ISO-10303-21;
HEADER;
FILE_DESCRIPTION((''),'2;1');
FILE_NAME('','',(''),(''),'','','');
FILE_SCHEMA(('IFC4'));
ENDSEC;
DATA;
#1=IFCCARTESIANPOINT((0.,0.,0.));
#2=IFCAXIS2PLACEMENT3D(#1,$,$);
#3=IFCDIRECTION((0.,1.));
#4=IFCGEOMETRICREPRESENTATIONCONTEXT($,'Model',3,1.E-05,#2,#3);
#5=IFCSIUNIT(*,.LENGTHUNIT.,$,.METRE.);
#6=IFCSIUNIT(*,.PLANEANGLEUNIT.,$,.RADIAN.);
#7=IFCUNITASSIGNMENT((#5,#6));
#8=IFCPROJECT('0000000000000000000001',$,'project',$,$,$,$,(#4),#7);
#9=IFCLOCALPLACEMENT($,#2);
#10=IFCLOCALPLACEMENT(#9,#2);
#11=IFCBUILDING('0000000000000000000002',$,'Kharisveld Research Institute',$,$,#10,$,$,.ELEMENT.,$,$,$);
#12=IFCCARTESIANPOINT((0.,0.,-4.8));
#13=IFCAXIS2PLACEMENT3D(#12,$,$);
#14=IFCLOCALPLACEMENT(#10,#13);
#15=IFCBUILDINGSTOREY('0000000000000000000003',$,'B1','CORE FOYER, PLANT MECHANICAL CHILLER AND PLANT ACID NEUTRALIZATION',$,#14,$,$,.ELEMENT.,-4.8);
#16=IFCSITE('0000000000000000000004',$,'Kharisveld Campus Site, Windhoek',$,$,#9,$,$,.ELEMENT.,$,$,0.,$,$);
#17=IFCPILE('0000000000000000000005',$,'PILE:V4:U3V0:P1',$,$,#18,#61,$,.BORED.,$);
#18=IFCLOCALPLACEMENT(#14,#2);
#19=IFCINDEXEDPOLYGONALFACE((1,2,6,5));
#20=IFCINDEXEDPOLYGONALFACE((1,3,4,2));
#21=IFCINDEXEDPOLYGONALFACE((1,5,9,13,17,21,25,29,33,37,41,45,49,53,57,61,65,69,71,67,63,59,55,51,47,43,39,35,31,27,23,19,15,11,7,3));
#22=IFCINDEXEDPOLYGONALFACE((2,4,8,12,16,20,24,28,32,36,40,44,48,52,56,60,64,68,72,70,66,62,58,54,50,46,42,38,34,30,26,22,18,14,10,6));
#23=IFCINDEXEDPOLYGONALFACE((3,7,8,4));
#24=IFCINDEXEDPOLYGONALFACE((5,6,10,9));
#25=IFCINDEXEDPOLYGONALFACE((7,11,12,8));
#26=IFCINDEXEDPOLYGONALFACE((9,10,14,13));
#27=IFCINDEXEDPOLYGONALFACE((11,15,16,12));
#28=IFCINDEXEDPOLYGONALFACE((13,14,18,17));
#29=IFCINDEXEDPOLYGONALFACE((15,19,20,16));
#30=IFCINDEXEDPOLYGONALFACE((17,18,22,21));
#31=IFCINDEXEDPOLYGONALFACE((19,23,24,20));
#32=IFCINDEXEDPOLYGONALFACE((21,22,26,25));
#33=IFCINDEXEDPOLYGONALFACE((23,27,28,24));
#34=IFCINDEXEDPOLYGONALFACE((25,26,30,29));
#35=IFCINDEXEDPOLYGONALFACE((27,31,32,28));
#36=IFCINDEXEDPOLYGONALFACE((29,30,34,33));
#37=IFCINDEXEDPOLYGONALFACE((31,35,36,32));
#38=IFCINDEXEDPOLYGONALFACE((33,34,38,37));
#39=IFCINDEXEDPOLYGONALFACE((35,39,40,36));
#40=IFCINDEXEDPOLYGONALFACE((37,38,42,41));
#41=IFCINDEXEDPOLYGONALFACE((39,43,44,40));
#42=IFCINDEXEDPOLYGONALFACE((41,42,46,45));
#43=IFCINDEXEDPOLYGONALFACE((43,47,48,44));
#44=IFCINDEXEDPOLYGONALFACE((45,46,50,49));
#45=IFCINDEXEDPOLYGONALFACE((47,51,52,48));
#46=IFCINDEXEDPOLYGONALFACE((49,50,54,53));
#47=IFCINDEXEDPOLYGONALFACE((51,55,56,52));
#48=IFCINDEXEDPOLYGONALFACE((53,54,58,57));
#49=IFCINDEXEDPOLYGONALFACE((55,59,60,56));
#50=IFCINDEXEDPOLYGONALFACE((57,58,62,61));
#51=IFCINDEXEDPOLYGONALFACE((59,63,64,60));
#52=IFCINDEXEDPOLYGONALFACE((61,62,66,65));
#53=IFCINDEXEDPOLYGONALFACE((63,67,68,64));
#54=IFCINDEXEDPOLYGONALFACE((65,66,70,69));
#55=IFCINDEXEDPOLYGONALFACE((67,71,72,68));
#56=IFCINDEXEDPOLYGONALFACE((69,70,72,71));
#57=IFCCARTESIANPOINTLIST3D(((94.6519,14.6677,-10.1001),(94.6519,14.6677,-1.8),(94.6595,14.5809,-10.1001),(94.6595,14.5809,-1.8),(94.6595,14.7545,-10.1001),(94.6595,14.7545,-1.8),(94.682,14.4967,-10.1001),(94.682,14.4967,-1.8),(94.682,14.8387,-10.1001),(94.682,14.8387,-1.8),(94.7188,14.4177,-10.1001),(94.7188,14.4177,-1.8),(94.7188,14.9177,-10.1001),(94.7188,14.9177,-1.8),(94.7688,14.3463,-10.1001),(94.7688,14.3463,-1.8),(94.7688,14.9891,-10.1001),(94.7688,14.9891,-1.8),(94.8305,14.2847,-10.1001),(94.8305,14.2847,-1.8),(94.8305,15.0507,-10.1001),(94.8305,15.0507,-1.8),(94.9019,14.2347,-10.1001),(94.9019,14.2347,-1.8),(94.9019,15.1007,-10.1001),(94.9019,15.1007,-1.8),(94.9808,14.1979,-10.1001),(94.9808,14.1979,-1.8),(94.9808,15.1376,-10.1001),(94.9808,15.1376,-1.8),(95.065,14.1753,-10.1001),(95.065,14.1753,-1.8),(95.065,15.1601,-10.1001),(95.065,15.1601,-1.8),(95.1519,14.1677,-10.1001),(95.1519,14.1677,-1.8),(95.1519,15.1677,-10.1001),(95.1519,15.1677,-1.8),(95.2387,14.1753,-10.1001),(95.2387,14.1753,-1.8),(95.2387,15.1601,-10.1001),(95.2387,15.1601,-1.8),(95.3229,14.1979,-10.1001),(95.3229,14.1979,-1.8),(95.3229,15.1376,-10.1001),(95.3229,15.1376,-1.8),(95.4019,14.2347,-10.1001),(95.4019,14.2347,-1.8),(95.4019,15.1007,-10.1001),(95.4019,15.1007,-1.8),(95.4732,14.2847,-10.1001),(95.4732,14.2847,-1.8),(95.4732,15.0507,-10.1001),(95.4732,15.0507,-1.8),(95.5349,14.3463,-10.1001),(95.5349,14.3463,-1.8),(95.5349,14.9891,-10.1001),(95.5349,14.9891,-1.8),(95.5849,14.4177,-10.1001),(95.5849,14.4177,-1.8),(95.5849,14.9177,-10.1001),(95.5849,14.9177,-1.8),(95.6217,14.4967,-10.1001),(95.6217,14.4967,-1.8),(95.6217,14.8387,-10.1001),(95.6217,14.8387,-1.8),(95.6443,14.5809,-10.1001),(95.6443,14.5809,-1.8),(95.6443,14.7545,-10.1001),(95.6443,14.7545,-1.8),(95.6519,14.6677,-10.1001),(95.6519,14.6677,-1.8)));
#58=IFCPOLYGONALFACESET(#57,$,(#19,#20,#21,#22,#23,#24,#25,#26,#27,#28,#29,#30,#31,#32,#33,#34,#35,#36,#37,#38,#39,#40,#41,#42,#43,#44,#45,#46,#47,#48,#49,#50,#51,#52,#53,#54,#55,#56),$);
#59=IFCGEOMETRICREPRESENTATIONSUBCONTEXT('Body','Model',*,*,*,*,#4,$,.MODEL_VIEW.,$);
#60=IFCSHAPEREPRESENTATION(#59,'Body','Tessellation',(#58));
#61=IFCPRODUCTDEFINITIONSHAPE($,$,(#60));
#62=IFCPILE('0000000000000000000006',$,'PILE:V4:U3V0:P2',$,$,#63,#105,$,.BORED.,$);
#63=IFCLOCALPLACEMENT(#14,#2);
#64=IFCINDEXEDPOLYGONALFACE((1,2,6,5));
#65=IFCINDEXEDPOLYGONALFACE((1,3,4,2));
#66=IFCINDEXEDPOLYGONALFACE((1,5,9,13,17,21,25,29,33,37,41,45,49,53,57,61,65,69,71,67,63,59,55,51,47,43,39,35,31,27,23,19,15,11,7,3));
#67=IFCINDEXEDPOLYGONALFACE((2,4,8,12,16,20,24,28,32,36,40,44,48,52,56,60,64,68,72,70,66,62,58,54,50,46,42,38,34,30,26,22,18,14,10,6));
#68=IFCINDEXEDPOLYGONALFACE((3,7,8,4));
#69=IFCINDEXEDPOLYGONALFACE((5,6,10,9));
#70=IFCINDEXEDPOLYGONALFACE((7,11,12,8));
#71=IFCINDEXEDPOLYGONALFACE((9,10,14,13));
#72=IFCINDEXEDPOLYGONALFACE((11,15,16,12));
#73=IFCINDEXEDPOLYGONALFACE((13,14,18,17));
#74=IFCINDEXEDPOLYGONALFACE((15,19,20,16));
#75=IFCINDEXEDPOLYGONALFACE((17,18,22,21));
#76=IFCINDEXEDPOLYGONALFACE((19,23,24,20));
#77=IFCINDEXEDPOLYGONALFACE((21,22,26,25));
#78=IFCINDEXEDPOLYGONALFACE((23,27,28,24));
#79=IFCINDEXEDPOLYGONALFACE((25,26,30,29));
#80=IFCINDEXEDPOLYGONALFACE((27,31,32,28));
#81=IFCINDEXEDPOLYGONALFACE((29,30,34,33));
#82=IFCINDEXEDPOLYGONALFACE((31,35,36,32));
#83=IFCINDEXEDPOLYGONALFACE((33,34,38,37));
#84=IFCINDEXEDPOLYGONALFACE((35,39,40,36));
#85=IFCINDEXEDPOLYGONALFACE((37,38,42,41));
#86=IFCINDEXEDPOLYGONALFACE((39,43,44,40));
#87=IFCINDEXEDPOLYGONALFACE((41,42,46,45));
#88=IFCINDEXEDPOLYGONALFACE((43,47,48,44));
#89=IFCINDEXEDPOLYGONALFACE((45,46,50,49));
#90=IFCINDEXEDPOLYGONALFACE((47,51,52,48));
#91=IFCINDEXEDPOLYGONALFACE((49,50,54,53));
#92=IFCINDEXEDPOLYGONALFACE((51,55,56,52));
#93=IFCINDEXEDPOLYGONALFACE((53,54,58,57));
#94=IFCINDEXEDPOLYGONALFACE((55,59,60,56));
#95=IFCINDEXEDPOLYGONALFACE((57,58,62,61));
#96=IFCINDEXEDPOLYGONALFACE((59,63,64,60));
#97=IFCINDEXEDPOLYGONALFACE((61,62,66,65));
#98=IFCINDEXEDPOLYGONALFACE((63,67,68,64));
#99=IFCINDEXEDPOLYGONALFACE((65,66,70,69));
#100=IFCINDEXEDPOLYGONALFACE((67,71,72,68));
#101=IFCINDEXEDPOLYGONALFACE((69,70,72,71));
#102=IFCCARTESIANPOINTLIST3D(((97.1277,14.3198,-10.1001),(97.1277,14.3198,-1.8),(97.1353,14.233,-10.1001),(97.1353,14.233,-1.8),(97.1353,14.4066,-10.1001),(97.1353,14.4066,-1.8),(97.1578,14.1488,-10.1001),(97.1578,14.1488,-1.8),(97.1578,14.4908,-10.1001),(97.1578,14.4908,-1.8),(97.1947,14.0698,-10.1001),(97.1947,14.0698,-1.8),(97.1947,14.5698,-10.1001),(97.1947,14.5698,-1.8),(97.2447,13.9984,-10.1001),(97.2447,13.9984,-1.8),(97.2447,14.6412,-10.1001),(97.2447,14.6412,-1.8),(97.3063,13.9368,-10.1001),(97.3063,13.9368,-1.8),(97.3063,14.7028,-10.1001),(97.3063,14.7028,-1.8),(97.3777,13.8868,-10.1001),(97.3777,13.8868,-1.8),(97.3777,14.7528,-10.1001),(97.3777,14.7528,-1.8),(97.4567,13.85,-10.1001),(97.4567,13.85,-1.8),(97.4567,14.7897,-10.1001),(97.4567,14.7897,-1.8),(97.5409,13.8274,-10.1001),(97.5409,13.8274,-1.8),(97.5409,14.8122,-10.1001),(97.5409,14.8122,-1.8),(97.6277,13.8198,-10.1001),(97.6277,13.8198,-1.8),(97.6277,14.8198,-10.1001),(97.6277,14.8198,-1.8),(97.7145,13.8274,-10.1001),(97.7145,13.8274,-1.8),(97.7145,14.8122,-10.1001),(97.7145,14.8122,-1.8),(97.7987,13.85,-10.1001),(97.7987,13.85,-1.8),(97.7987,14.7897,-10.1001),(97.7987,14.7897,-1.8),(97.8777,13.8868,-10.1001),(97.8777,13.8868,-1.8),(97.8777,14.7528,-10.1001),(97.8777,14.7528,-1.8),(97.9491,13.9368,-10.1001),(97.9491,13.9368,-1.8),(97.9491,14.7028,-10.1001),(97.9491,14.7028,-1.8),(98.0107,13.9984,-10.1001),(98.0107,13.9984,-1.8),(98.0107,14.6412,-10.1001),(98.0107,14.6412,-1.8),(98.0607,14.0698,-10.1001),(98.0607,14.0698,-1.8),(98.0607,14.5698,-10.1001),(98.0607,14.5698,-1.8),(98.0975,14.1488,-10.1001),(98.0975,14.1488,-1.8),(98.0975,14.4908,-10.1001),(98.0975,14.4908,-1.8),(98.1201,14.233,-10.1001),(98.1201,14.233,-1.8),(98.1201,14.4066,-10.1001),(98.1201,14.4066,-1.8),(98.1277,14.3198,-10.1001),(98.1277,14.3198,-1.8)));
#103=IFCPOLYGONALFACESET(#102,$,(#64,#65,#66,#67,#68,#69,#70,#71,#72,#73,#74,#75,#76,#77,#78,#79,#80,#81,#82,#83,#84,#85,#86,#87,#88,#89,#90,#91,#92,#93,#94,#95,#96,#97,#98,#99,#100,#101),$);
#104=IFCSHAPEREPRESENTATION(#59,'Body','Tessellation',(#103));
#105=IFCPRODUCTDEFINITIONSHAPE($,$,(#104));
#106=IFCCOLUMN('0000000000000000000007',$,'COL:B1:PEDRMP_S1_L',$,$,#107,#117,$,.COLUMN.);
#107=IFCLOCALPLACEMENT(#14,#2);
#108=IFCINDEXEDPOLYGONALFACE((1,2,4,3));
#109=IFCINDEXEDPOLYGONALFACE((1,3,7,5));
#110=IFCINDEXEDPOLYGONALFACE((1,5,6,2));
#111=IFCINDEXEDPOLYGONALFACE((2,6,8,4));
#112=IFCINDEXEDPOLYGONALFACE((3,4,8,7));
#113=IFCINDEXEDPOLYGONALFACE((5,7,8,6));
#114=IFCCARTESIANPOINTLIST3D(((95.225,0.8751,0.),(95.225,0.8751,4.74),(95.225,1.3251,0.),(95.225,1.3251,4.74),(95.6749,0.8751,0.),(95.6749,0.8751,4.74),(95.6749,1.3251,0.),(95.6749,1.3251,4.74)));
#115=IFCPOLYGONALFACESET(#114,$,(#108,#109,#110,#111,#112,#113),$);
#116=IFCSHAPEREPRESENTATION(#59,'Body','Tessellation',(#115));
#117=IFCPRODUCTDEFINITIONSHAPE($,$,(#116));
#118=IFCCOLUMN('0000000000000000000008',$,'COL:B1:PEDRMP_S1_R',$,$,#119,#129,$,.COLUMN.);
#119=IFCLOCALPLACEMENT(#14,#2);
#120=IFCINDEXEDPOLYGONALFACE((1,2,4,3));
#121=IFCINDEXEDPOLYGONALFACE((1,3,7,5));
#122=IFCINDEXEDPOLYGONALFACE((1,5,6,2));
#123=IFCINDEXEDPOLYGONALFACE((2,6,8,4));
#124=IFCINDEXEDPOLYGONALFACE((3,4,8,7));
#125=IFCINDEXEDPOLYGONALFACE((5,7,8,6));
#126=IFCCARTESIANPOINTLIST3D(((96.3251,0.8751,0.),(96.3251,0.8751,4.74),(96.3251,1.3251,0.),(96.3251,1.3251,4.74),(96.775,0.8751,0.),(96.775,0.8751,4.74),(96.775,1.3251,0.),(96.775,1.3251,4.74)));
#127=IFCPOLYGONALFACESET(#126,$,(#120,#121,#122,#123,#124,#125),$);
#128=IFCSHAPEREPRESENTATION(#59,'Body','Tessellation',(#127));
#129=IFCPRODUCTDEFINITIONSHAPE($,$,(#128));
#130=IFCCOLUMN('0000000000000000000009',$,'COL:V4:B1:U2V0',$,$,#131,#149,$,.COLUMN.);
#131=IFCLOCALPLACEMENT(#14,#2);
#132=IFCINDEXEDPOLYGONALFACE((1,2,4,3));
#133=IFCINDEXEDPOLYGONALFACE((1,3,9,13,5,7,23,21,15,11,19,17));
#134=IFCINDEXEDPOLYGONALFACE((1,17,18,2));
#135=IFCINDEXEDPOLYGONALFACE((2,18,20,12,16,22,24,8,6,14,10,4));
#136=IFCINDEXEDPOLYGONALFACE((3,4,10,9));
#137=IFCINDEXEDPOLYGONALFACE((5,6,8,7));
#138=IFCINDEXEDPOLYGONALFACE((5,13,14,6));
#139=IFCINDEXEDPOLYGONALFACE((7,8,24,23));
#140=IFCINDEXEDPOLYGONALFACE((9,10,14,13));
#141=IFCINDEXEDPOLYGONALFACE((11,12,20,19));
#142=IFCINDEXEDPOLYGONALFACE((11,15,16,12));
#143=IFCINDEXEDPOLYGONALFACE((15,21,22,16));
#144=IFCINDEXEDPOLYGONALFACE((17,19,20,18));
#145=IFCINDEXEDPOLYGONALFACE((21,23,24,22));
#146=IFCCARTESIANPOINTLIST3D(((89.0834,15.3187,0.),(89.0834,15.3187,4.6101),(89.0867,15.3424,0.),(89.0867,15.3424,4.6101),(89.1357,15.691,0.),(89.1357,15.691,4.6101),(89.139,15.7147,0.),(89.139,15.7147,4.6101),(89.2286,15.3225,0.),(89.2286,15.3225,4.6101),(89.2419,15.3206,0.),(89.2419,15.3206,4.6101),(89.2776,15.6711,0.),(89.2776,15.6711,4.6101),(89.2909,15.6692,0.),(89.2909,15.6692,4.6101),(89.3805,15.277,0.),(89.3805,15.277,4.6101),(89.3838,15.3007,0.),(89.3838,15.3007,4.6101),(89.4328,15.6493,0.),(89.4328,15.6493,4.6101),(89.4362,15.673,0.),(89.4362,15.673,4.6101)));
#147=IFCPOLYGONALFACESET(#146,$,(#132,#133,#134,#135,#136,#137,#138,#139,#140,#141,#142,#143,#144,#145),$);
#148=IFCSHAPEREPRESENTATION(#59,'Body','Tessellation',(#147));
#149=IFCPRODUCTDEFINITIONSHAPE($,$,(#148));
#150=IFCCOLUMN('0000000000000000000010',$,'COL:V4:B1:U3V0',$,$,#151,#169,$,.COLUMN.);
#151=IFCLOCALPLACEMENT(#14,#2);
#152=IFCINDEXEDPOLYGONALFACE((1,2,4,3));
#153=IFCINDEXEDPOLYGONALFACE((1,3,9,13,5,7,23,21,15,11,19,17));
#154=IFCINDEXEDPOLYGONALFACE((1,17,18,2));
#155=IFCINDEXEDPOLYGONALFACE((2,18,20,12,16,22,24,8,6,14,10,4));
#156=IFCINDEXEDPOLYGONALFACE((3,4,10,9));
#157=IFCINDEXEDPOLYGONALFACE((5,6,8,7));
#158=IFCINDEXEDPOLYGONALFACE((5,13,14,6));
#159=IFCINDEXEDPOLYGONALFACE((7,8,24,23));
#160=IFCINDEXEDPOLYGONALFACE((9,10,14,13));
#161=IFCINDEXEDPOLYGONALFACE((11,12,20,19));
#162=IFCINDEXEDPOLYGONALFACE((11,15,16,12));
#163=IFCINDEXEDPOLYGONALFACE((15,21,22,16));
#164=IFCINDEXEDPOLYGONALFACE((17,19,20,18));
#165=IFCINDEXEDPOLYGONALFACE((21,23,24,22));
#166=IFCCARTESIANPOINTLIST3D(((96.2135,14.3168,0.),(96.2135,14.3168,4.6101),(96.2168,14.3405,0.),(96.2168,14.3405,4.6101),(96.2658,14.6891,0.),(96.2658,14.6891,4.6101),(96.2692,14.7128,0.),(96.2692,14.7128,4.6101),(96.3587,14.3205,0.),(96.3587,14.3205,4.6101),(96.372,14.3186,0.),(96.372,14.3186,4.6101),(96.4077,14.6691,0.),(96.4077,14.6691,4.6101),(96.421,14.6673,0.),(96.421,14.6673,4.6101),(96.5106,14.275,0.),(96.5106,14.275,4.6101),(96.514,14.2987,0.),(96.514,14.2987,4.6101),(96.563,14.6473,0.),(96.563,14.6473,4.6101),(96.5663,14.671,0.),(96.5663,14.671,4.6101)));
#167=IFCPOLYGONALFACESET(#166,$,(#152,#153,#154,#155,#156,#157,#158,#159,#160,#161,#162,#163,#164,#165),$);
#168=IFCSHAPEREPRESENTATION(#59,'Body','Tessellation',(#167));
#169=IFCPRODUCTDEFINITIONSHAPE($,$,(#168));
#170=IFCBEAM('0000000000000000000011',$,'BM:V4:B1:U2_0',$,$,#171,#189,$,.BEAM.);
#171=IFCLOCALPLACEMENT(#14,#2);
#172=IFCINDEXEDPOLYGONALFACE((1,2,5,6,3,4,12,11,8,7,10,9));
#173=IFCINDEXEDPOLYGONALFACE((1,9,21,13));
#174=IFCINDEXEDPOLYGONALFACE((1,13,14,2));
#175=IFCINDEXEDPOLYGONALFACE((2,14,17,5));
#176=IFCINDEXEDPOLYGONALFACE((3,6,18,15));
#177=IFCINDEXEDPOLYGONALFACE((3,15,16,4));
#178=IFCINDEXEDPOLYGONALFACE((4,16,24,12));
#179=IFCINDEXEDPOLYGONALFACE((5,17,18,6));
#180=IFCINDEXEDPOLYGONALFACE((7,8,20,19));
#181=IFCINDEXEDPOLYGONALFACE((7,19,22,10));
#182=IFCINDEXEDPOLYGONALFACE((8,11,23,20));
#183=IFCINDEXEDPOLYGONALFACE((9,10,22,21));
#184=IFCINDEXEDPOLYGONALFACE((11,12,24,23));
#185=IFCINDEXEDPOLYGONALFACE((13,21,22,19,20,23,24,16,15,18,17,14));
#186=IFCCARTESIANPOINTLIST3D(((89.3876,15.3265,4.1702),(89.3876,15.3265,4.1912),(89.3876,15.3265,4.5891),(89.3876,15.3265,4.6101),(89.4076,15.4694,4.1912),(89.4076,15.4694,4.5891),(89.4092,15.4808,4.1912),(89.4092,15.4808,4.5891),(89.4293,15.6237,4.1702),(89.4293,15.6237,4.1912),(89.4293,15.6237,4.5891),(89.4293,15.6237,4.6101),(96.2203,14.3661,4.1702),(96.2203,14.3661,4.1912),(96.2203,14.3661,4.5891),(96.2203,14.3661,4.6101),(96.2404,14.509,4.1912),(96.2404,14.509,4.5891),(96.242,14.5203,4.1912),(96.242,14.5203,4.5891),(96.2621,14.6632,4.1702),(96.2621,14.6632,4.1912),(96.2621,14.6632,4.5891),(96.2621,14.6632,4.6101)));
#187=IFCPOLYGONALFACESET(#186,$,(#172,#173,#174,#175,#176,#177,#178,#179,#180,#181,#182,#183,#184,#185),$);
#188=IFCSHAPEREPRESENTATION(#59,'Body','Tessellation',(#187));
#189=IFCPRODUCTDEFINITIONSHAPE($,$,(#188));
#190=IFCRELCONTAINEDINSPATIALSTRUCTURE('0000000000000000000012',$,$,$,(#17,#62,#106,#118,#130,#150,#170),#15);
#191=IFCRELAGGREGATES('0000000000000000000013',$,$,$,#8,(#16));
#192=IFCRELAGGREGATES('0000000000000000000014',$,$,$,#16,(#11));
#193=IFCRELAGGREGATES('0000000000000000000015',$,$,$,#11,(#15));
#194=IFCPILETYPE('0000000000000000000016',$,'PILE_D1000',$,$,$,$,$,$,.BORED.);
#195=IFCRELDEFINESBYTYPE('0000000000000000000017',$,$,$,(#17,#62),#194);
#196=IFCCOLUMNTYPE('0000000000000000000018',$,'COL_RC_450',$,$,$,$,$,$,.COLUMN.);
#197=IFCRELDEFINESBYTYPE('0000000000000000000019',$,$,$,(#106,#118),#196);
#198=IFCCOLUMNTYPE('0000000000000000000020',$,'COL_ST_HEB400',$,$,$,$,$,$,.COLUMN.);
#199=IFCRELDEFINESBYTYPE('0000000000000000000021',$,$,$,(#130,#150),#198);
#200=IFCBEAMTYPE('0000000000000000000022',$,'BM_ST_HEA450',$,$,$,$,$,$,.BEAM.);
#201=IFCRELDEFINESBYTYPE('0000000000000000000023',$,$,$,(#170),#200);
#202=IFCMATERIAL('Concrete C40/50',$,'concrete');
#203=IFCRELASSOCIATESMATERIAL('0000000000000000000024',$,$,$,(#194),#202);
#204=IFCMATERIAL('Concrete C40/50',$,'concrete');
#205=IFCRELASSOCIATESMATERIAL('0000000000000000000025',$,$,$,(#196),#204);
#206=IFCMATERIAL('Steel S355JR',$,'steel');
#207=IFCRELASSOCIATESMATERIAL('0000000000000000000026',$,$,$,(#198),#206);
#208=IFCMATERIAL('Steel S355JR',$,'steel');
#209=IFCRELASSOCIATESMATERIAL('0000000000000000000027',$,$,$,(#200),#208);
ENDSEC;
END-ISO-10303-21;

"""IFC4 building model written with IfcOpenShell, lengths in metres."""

from ifc_helpers import new_model, si_unit, direction, frame, origin, origin_2d, place, context, subcontext, project, spatial, rectangle, circle, i_section, extrude, material, material_profile, profile_set, type_object, element, save


model = new_model("IFC4")

# Units and contexts
model_context = context("Model", 3, precision=1e-05, world=origin(), true_north=direction((0.0, 1.0)))
body_context = subcontext(model_context, "Body", "Model", "MODEL_VIEW")
ifc_project = project(units=[si_unit("LENGTHUNIT", "METRE"), si_unit("PLANEANGLEUNIT", "RADIAN")], contexts=[model_context])

# Site, building, storey
site_placement = place(None, origin())
site = spatial("IfcSite", under=ifc_project, at=site_placement, Name="Kharisveld Campus Site, Windhoek", CompositionType="ELEMENT", RefElevation=0.0)
building_placement = place(site_placement, origin())
building = spatial("IfcBuilding", under=site, at=building_placement, Name="Kharisveld Research Institute", CompositionType="ELEMENT")
storey_placement = place(building_placement, frame((0.0, 0.0, -4.8)))
storey = spatial("IfcBuildingStorey", under=building, at=storey_placement, Name="B1", Description="CORE FOYER, PLANT MECHANICAL CHILLER AND PLANT ACID NEUTRALIZATION", CompositionType="ELEMENT", Elevation=-4.8)

# Piles
ifc_material_1 = material(Name="Concrete C40/50", Category="concrete")
ifc_material_profile_1 = material_profile(ifc_material_1, circle(Radius=0.5, at=origin_2d()))
ifc_profile_set_1 = profile_set([ifc_material_profile_1], Name="Concrete C40/50")
pile_type = type_object("IfcPileType", Name="PILE_D1000", PredefinedType="BORED", material=ifc_profile_set_1)
for number, where, z_axis, x_axis, name in (
    (1, (95.1519, 14.6677, -1.8), (0.0, 0.0, -1.0), (1.0, 0.0, 0.0), "PILE:V4:U3V0:P1"),
    (2, (97.6277, 14.3198, -1.8), (0.0, 0.0, -1.0), (1.0, 0.0, 0.0), "PILE:V4:U3V0:P2"),
):
    element("IfcPile", number, at=place(storey_placement, frame(where, z_axis=z_axis, x_axis=x_axis)), inside=storey, type_object=pile_type, Name=name, PredefinedType="BORED", context=body_context, shape_type="SweptSolid", body=[
        extrude(circle(Radius=0.5, at=origin_2d()), origin(), (0.0, 0.0, 1.0), 8.3),
    ])

# Columns
ifc_material_2 = material(Name="Concrete C40/50", Category="concrete")
ifc_material_profile_2 = material_profile(ifc_material_2, rectangle(XDim=0.45, YDim=0.45, at=origin_2d()))
ifc_profile_set_2 = profile_set([ifc_material_profile_2], Name="Concrete C40/50")
column_type_1 = type_object("IfcColumnType", Name="COL_RC_450", PredefinedType="COLUMN", material=ifc_profile_set_2)
for number, where, z_axis, x_axis, name in (
    (3, (95.45, 1.1001, 0.0), (0.0, 0.0, 1.0), (1.0, 0.0, 0.0), "COL:B1:PEDRMP_S1_L"),
    (4, (96.55, 1.1001, 0.0), (0.0, 0.0, 1.0), (1.0, 0.0, 0.0), "COL:B1:PEDRMP_S1_R"),
):
    element("IfcColumn", number, at=place(storey_placement, frame(where, z_axis=z_axis, x_axis=x_axis)), inside=storey, type_object=column_type_1, Name=name, PredefinedType="COLUMN", context=body_context, shape_type="SweptSolid", body=[
        extrude(rectangle(XDim=0.45, YDim=0.45, at=origin_2d()), origin(), (0.0, 0.0, 1.0), 4.74),
    ])
ifc_material_3 = material(Name="Steel S355JR", Category="steel")
ifc_material_profile_3 = material_profile(ifc_material_3, i_section(OverallWidth=0.3, OverallDepth=0.3999, WebThickness=0.0134, FlangeThickness=0.0239, at=origin_2d()))
ifc_profile_set_3 = profile_set([ifc_material_profile_3], Name="Steel S355JR")
column_type_2 = type_object("IfcColumnType", Name="COL_ST_HEB400", PredefinedType="COLUMN", material=ifc_profile_set_3)
for number, where, z_axis, x_axis, name in (
    (5, (89.2598, 15.4958, 0.0), (0.0, 0.0, 1.0), (0.990268, -0.139173, 0.0), "COL:V4:B1:U2V0"),
    (6, (96.3899, 14.4939, 0.0), (0.0, 0.0, 1.0), (0.990268, -0.139173, 0.0), "COL:V4:B1:U3V0"),
):
    element("IfcColumn", number, at=place(storey_placement, frame(where, z_axis=z_axis, x_axis=x_axis)), inside=storey, type_object=column_type_2, Name=name, PredefinedType="COLUMN", context=body_context, shape_type="SweptSolid", body=[
        extrude(i_section(OverallWidth=0.3, OverallDepth=0.3999, WebThickness=0.0134, FlangeThickness=0.0239, at=origin_2d()), origin(), (0.0, 0.0, 1.0), 4.6101),
    ])

# Beam
ifc_material_4 = material(Name="Steel S355JR", Category="steel")
ifc_material_profile_4 = material_profile(ifc_material_4, i_section(OverallWidth=0.3, OverallDepth=0.4399, WebThickness=0.0115, FlangeThickness=0.021, at=origin_2d()))
ifc_profile_set_4 = profile_set([ifc_material_profile_4], Name="Steel S355JR")
beam_type_1 = type_object("IfcBeamType", Name="BM_ST_HEA450", PredefinedType="BEAM", material=ifc_profile_set_4)
for number, where, z_axis, x_axis, name in (
    (7, (89.4084, 15.4751, 4.3901), (0.990265, -0.139197, 0.0), (0.139197, 0.990265, 0.0), "BM:V4:B1:U2_0"),
):
    element("IfcBeam", number, at=place(storey_placement, frame(where, z_axis=z_axis, x_axis=x_axis)), inside=storey, type_object=beam_type_1, Name=name, PredefinedType="BEAM", context=body_context, shape_type="SweptSolid", body=[
        extrude(i_section(OverallWidth=0.3, OverallDepth=0.4399, WebThickness=0.0115, FlangeThickness=0.021, at=origin_2d()), origin(), (0.0, 0.0, 1.0), 6.8999),
    ])

save(model, "model.ifc")
